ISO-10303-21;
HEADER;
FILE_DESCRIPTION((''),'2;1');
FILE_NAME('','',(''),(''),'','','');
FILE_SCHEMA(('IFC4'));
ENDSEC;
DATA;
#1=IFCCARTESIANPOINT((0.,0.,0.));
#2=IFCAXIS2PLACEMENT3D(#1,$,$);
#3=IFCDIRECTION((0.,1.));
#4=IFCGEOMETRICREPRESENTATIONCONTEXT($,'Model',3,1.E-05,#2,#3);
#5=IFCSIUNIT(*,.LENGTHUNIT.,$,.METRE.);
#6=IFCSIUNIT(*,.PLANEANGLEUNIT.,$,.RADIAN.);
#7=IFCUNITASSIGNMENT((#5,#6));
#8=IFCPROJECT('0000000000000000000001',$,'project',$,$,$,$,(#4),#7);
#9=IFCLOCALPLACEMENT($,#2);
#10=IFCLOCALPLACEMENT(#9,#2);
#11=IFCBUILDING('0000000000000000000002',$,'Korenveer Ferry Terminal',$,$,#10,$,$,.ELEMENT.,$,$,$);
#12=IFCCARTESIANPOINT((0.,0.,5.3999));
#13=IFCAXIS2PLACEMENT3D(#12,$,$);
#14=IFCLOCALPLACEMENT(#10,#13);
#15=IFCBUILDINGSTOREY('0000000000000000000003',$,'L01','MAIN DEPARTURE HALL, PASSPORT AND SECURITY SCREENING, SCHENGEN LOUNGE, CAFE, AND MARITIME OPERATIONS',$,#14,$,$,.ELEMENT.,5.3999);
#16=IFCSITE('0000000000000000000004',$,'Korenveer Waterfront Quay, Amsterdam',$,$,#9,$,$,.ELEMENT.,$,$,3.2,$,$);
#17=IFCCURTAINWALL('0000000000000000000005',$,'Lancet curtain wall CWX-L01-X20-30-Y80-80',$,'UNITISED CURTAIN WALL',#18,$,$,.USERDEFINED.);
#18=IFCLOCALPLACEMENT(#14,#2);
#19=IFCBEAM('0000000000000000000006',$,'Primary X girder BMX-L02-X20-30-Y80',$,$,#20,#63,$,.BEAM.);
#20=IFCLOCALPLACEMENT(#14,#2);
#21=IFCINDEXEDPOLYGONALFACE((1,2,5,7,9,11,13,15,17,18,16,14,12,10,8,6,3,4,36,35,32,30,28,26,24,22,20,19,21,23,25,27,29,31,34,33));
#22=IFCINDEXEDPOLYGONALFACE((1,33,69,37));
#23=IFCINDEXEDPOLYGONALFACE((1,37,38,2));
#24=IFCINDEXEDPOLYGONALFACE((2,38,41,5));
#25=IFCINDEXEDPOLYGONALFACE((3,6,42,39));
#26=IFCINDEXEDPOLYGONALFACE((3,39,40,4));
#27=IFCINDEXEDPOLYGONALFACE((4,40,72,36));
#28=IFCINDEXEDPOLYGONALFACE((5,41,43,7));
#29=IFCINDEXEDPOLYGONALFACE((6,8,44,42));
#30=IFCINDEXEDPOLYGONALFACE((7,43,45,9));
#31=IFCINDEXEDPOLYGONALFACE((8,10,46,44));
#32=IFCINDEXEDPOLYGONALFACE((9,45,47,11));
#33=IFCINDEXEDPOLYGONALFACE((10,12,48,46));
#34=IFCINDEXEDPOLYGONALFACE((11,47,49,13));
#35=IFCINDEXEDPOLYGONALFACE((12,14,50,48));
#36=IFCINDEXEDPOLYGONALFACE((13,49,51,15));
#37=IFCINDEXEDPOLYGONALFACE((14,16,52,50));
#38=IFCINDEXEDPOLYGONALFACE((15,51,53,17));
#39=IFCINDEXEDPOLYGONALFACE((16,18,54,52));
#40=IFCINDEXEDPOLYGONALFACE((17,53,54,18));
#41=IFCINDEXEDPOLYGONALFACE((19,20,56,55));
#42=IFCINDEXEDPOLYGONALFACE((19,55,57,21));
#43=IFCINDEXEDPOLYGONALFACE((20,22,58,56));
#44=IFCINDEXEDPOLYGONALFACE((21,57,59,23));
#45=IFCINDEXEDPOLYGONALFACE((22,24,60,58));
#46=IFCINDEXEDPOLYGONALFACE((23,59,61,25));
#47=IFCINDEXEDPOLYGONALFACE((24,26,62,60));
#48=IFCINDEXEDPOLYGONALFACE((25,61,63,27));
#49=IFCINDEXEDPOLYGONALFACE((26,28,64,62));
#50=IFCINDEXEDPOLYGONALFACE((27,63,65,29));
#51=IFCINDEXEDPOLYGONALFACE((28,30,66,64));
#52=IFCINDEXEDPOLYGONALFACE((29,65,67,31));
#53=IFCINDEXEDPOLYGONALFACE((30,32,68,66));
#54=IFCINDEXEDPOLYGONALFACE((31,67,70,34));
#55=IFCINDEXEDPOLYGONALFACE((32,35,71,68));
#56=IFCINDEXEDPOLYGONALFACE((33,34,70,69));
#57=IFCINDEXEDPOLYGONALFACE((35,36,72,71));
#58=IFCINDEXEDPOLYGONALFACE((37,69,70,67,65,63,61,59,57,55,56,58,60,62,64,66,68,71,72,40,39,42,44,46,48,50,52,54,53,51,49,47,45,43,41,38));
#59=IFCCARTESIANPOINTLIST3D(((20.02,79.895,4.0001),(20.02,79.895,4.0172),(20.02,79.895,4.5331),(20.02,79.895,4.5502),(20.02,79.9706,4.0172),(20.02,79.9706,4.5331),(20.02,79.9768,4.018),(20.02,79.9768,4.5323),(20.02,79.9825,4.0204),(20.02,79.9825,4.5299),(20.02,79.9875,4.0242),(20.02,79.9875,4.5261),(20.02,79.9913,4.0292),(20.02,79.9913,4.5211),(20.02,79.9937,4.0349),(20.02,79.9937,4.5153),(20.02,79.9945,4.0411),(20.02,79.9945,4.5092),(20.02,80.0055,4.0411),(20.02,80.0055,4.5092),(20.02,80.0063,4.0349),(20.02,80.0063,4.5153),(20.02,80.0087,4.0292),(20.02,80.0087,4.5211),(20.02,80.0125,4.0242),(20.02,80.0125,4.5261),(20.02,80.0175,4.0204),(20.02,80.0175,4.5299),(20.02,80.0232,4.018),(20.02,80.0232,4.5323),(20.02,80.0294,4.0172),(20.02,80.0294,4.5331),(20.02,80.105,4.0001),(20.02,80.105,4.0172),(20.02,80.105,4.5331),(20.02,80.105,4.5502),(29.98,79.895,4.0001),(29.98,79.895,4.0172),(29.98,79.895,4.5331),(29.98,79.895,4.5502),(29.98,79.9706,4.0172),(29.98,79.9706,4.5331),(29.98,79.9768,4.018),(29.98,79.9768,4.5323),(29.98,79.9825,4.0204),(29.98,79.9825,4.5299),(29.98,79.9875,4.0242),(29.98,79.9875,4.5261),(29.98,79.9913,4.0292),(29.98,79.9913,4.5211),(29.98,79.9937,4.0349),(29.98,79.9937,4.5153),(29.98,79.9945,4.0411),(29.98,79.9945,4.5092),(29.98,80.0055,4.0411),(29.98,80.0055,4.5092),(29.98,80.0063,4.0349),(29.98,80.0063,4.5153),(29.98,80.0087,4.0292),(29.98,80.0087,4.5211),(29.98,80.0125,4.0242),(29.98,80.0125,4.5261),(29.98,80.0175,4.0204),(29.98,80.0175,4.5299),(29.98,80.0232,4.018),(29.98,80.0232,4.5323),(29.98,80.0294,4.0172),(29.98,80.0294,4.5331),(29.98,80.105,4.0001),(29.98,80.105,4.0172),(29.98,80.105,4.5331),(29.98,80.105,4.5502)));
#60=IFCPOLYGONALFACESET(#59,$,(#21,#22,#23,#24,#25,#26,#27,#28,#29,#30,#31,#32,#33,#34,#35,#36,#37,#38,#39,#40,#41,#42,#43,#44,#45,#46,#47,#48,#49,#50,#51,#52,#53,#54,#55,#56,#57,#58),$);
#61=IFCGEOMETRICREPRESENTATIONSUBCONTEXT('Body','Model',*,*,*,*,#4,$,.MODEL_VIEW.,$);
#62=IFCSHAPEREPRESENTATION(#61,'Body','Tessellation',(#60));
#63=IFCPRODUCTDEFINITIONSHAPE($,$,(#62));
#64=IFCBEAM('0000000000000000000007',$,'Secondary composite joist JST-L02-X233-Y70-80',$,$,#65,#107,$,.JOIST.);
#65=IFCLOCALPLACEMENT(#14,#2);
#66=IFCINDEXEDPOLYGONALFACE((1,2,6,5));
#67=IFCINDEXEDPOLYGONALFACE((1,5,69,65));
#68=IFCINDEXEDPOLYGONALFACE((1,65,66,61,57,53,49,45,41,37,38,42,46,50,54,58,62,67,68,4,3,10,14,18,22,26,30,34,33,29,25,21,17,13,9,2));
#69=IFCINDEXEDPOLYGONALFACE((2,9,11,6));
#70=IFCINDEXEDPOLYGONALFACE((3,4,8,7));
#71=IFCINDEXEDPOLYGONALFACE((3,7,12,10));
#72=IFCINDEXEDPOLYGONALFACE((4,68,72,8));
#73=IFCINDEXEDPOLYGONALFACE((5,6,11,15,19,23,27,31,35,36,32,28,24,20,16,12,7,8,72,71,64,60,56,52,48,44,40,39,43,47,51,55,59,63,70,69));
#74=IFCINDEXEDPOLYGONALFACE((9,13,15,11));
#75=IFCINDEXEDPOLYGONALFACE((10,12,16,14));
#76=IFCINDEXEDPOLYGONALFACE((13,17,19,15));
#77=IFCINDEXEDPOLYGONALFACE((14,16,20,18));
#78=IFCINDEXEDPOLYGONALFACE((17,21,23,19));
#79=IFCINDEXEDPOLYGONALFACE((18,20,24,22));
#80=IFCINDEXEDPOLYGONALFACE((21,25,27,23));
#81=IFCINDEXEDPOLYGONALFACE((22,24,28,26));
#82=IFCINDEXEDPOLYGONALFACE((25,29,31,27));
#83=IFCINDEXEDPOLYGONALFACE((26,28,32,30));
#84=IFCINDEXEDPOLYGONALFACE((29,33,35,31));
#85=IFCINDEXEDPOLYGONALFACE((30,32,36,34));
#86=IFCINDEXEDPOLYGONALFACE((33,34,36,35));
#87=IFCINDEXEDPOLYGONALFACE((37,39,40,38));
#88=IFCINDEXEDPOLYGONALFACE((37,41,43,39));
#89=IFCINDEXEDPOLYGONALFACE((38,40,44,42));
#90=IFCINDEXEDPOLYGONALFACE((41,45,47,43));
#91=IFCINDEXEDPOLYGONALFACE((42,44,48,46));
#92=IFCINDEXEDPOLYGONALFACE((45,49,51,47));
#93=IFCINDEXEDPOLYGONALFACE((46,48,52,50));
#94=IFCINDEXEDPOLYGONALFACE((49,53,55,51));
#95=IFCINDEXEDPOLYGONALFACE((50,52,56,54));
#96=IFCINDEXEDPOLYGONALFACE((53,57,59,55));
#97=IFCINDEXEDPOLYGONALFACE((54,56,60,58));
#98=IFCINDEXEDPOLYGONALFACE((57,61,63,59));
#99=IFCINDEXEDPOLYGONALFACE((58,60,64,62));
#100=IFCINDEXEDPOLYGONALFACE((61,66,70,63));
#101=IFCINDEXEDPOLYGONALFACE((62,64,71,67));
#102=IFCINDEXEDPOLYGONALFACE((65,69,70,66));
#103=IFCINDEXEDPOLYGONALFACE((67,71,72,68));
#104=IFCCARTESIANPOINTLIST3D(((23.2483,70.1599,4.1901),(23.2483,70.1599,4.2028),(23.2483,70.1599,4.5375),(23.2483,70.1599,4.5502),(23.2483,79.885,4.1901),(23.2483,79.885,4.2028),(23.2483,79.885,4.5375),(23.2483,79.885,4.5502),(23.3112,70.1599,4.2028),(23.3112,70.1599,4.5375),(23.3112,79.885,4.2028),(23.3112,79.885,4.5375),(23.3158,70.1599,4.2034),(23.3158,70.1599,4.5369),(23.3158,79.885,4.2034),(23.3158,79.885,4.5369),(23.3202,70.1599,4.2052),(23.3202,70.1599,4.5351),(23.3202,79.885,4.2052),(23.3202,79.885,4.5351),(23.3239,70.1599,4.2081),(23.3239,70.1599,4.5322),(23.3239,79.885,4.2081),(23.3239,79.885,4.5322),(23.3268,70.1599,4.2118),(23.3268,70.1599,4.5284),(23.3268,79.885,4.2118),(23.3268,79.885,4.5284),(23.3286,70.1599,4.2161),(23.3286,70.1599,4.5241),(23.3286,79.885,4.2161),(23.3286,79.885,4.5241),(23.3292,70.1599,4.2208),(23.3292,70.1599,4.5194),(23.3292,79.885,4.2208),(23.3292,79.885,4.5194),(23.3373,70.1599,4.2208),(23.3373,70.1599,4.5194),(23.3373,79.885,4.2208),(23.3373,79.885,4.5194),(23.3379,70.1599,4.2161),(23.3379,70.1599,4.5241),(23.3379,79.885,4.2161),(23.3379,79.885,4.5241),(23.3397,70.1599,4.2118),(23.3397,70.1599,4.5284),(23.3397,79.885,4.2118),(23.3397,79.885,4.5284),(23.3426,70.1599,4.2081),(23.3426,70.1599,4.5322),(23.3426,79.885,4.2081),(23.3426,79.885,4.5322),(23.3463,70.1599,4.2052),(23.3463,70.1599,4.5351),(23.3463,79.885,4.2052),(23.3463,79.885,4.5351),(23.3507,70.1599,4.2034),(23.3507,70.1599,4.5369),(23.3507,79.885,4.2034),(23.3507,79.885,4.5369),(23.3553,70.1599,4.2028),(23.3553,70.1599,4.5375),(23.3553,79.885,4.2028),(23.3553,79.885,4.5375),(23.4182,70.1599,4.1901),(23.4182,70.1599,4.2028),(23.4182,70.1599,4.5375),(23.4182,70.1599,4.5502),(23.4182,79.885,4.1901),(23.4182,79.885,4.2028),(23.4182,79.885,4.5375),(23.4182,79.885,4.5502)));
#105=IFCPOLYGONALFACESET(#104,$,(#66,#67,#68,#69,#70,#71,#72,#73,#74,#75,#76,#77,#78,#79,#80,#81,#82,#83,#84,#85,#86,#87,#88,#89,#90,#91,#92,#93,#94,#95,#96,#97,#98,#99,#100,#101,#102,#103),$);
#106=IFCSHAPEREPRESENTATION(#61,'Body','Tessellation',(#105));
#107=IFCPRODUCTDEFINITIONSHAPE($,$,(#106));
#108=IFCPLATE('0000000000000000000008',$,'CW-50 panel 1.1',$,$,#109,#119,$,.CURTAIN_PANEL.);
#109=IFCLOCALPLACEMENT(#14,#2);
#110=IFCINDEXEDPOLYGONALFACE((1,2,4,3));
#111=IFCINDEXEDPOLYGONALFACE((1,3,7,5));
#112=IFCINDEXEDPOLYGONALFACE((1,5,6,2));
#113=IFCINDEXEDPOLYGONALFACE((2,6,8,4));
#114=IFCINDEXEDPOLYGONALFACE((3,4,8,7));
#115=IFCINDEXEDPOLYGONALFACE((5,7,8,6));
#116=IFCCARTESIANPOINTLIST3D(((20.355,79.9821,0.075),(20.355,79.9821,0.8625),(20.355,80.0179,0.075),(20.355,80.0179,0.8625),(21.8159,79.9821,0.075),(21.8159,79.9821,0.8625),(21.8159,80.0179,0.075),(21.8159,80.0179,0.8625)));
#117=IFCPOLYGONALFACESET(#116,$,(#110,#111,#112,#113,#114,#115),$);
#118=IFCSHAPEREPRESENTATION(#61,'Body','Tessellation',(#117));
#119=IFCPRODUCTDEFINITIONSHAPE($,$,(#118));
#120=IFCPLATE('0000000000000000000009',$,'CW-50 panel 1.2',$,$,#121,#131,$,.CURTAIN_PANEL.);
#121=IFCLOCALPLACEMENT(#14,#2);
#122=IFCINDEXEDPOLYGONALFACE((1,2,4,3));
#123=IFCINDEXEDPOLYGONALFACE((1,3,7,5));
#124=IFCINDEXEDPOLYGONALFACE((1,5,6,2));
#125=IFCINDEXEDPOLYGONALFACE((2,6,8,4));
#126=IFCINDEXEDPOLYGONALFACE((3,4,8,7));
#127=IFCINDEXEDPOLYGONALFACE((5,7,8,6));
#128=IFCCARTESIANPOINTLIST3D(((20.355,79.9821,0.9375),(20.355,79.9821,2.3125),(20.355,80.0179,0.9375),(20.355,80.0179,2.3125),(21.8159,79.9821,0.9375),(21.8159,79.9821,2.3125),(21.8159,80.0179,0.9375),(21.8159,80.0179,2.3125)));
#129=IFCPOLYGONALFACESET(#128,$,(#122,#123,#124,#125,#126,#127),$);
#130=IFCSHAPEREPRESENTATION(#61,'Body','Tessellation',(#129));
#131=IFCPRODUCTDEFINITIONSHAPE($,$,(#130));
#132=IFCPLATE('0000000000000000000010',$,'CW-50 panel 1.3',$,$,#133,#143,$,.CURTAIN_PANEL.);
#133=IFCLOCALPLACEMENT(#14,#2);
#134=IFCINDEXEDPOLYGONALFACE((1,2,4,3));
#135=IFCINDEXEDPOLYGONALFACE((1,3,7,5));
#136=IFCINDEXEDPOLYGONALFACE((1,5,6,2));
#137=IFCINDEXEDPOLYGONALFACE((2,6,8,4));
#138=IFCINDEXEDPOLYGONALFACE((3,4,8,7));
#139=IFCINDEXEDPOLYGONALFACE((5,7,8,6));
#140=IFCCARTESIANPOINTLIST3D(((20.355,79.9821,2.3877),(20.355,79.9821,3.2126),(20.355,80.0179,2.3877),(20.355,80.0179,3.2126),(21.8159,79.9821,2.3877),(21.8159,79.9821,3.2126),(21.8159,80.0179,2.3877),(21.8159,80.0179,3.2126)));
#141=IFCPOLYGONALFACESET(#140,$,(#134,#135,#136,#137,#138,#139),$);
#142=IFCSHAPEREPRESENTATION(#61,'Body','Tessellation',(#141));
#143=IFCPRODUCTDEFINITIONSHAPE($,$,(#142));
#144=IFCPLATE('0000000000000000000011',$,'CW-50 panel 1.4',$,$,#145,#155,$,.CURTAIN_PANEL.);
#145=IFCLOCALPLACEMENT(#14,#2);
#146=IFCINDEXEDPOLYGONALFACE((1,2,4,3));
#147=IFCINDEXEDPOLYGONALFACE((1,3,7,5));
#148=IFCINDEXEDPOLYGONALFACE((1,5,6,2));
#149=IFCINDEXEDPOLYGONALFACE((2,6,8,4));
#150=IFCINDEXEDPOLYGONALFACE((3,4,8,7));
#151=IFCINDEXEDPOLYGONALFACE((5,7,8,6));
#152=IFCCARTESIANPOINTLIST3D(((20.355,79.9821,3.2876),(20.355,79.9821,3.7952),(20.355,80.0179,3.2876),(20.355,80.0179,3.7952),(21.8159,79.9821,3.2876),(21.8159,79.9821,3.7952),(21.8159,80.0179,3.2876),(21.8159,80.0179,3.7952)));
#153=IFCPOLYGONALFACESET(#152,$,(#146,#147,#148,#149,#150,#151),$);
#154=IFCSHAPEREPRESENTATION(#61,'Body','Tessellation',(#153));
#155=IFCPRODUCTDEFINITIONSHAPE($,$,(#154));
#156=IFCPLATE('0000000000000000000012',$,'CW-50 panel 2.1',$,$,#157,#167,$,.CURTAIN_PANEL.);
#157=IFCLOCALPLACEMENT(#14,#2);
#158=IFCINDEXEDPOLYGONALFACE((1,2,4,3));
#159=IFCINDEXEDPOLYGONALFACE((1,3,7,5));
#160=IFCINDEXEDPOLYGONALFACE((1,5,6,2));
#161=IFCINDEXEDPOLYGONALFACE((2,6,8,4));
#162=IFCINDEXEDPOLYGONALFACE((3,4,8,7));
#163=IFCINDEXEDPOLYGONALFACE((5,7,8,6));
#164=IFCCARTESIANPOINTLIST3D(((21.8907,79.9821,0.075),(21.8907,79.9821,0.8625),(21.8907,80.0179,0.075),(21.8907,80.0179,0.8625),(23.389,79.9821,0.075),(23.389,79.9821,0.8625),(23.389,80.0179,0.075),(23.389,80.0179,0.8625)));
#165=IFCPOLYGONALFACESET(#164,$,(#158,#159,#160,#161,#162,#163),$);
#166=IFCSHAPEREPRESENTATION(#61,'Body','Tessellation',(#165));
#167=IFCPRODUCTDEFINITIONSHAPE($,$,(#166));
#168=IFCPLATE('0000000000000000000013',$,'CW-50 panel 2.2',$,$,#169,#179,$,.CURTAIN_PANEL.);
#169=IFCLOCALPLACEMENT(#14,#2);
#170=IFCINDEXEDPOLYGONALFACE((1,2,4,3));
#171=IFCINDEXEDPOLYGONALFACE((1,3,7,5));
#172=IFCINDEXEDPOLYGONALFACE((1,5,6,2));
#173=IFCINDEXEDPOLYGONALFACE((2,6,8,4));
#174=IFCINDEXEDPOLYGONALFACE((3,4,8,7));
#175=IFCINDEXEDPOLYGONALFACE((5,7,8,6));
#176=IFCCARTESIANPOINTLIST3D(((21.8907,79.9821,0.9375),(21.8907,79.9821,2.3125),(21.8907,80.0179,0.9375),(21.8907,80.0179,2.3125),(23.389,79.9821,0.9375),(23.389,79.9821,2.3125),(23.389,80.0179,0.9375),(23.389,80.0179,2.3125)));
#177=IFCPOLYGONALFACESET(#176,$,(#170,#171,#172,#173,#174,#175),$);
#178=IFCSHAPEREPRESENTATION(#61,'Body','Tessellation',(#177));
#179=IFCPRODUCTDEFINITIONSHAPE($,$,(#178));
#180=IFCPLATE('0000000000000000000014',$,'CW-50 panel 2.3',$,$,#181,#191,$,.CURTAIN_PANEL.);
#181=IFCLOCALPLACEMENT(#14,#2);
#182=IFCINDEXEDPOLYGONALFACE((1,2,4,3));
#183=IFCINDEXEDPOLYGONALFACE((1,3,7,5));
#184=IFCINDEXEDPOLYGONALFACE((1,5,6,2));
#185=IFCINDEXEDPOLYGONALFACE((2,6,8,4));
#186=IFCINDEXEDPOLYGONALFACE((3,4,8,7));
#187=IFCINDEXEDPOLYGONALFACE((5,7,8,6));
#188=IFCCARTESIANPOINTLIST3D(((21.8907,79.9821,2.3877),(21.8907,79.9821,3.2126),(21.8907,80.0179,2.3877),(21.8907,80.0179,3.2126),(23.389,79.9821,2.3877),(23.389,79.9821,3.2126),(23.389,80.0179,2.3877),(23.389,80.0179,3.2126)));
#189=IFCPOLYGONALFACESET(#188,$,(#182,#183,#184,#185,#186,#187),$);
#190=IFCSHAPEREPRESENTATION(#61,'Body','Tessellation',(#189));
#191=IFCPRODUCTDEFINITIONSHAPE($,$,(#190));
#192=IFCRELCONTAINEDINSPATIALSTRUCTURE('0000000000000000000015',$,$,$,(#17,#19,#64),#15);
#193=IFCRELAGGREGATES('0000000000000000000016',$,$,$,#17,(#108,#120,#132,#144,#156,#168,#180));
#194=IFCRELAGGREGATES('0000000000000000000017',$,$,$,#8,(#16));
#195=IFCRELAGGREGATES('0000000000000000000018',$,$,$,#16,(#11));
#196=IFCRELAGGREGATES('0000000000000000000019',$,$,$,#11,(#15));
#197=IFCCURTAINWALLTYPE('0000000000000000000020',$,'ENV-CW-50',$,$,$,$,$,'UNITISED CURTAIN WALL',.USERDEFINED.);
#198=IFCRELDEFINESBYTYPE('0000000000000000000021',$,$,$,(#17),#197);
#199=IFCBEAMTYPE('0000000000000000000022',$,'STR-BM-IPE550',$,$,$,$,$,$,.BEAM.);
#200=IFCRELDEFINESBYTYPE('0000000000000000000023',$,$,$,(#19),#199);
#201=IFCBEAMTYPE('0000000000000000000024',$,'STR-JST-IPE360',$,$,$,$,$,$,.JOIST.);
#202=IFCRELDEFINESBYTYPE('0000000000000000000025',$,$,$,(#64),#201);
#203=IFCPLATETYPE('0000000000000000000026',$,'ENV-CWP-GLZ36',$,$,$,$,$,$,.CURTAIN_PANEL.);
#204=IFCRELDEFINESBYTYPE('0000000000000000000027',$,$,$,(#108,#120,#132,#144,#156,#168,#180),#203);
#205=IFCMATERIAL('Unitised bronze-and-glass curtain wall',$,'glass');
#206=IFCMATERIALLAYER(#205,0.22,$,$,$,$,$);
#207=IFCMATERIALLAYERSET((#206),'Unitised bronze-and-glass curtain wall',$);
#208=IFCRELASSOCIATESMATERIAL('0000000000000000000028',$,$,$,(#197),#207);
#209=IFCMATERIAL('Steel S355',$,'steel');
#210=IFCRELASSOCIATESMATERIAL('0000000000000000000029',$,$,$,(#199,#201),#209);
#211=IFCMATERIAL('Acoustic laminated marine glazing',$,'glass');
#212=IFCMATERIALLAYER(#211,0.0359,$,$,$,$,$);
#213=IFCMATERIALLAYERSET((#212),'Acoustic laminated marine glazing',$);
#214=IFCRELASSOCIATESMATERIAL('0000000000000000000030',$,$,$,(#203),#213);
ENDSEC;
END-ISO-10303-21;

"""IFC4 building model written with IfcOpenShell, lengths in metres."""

from ifc_helpers import new_model, si_unit, direction, frame, origin, origin_2d, place, context, subcontext, project, spatial, rectangle, i_section, extrude, material, layer, layer_set, material_profile, profile_set, type_object, element, aggregate, save


model = new_model("IFC4")

# Units and contexts
model_context = context("Model", 3, precision=1e-05, world=origin(), true_north=direction((0.0, 1.0)))
body_context = subcontext(model_context, "Body", "Model", "MODEL_VIEW")
ifc_project = project(units=[si_unit("LENGTHUNIT", "METRE"), si_unit("PLANEANGLEUNIT", "RADIAN")], contexts=[model_context])

# Site, building, storey
site_placement = place(None, origin())
site = spatial("IfcSite", under=ifc_project, at=site_placement, Name="Korenveer Waterfront Quay, Amsterdam", CompositionType="ELEMENT", RefElevation=3.2)
building_placement = place(site_placement, origin())
building = spatial("IfcBuilding", under=site, at=building_placement, Name="Korenveer Ferry Terminal", CompositionType="ELEMENT")
storey_placement = place(building_placement, frame((0.0, 0.0, 5.3999)))
storey = spatial("IfcBuildingStorey", under=building, at=storey_placement, Name="L01", Description="MAIN DEPARTURE HALL, PASSPORT AND SECURITY SCREENING, SCHENGEN LOUNGE, CAFE, AND MARITIME OPERATIONS", CompositionType="ELEMENT", Elevation=5.3999)

# Curtain wall
ifc_material_1 = material(Name="Unitised bronze-and-glass curtain wall", Category="glass")
ifc_layer_1 = layer(ifc_material_1, 0.22)
ifc_layer_set_1 = layer_set([ifc_layer_1], Name="Unitised bronze-and-glass curtain wall")
curtain_wall_type = type_object("IfcCurtainWallType", Name="ENV-CW-50", ElementType="UNITISED CURTAIN WALL", PredefinedType="USERDEFINED", material=ifc_layer_set_1)
curtain_wall_placement = place(storey_placement, frame((20.28, 80.0, 0.0)))
curtain_wall = element("IfcCurtainWall", 1, at=curtain_wall_placement, inside=storey, type_object=curtain_wall_type, Name="Lancet curtain wall CWX-L01-X20-30-Y80-80", ObjectType="UNITISED CURTAIN WALL", PredefinedType="USERDEFINED")

# Beams
ifc_material_2 = material(Name="Steel S355", Category="steel")
ifc_material_profile_1 = material_profile(ifc_material_2, i_section(OverallWidth=0.21, OverallDepth=0.55, WebThickness=0.011, FlangeThickness=0.0171, FilletRadius=0.0239, at=origin_2d()), Name="IPE 550")
ifc_profile_set_1 = profile_set([ifc_material_profile_1], Name="Steel S355")
beam_type_1 = type_object("IfcBeamType", Name="STR-BM-IPE550", PredefinedType="BEAM", material=ifc_profile_set_1)
beam_1_placement = place(storey_placement, frame((20.02, 80.0, 4.2751), z_axis=(1.0, 0.0, 0.0), x_axis=(0.0, 1.0, 0.0)))
element("IfcBeam", 2, at=beam_1_placement, inside=storey, type_object=beam_type_1, Name="Primary X girder BMX-L02-X20-30-Y80", PredefinedType="BEAM", context=body_context, shape_type="SweptSolid", body=[
    extrude(i_section(OverallWidth=0.21, OverallDepth=0.55, WebThickness=0.011, FlangeThickness=0.0171, FilletRadius=0.0239, at=origin_2d()), origin(), (0.0, 0.0, 1.0), 9.96),
])
ifc_material_profile_2 = material_profile(ifc_material_2, i_section(OverallWidth=0.1699, OverallDepth=0.3601, WebThickness=0.0081, FlangeThickness=0.0127, FilletRadius=0.0181, at=origin_2d()), Name="IPE 360")
ifc_profile_set_2 = profile_set([ifc_material_profile_2], Name="Steel S355")
beam_type_2 = type_object("IfcBeamType", Name="STR-JST-IPE360", PredefinedType="JOIST", material=ifc_profile_set_2)
beam_2_placement = place(storey_placement, frame((23.3333, 70.1599, 4.3701), z_axis=(0.0, 1.0, 0.0), x_axis=(-1.0, 0.0, 0.0)))
element("IfcBeam", 3, at=beam_2_placement, inside=storey, type_object=beam_type_2, Name="Secondary composite joist JST-L02-X233-Y70-80", PredefinedType="JOIST", context=body_context, shape_type="SweptSolid", body=[
    extrude(i_section(OverallWidth=0.1699, OverallDepth=0.3601, WebThickness=0.0081, FlangeThickness=0.0127, FilletRadius=0.0181, at=origin_2d()), origin(), (0.0, 0.0, 1.0), 9.7251),
])

# Plates
ifc_material_3 = material(Name="Acoustic laminated marine glazing", Category="glass")
ifc_layer_2 = layer(ifc_material_3, 0.0359)
ifc_layer_set_2 = layer_set([ifc_layer_2], Name="Acoustic laminated marine glazing")
plate_type = type_object("IfcPlateType", Name="ENV-CWP-GLZ36", PredefinedType="CURTAIN_PANEL", material=ifc_layer_set_2)
plate_1_placement = place(storey_placement, frame((21.0854, 80.0, 0.075), z_axis=(0.0, 0.0, 1.0), x_axis=(1.0, 0.0, 0.0)))
plate_1 = element("IfcPlate", 4, at=plate_1_placement, type_object=plate_type, Name="CW-50 panel 1.1", PredefinedType="CURTAIN_PANEL", context=body_context, shape_type="SweptSolid", body=[
    extrude(rectangle(XDim=1.4609, YDim=0.0359, at=origin_2d()), origin(), (0.0, 0.0, 1.0), 0.7876),
])
plate_2_placement = place(storey_placement, frame((21.0854, 80.0, 0.9375), z_axis=(0.0, 0.0, 1.0), x_axis=(1.0, 0.0, 0.0)))
plate_2 = element("IfcPlate", 5, at=plate_2_placement, type_object=plate_type, Name="CW-50 panel 1.2", PredefinedType="CURTAIN_PANEL", context=body_context, shape_type="SweptSolid", body=[
    extrude(rectangle(XDim=1.4609, YDim=0.0359, at=origin_2d()), origin(), (0.0, 0.0, 1.0), 1.375),
])
plate_3_placement = place(storey_placement, frame((21.0854, 80.0, 2.3877), z_axis=(0.0, 0.0, 1.0), x_axis=(1.0, 0.0, 0.0)))
plate_3 = element("IfcPlate", 6, at=plate_3_placement, type_object=plate_type, Name="CW-50 panel 1.3", PredefinedType="CURTAIN_PANEL", context=body_context, shape_type="SweptSolid", body=[
    extrude(rectangle(XDim=1.4609, YDim=0.0359, at=origin_2d()), origin(), (0.0, 0.0, 1.0), 0.825),
])
plate_4_placement = place(storey_placement, frame((21.0854, 80.0, 3.2876), z_axis=(0.0, 0.0, 1.0), x_axis=(1.0, 0.0, 0.0)))
plate_4 = element("IfcPlate", 7, at=plate_4_placement, type_object=plate_type, Name="CW-50 panel 1.4", PredefinedType="CURTAIN_PANEL", context=body_context, shape_type="SweptSolid", body=[
    extrude(rectangle(XDim=1.4609, YDim=0.0359, at=origin_2d()), origin(), (0.0, 0.0, 1.0), 0.5076),
])
plate_5_placement = place(storey_placement, frame((22.6399, 80.0, 0.075), z_axis=(0.0, 0.0, 1.0), x_axis=(1.0, 0.0, 0.0)))
plate_5 = element("IfcPlate", 8, at=plate_5_placement, type_object=plate_type, Name="CW-50 panel 2.1", PredefinedType="CURTAIN_PANEL", context=body_context, shape_type="SweptSolid", body=[
    extrude(rectangle(XDim=1.4983, YDim=0.0359, at=origin_2d()), origin(), (0.0, 0.0, 1.0), 0.7876),
])
plate_6_placement = place(storey_placement, frame((22.6399, 80.0, 0.9375), z_axis=(0.0, 0.0, 1.0), x_axis=(1.0, 0.0, 0.0)))
plate_6 = element("IfcPlate", 9, at=plate_6_placement, type_object=plate_type, Name="CW-50 panel 2.2", PredefinedType="CURTAIN_PANEL", context=body_context, shape_type="SweptSolid", body=[
    extrude(rectangle(XDim=1.4983, YDim=0.0359, at=origin_2d()), origin(), (0.0, 0.0, 1.0), 1.375),
])
plate_7_placement = place(storey_placement, frame((22.6399, 80.0, 2.3877), z_axis=(0.0, 0.0, 1.0), x_axis=(1.0, 0.0, 0.0)))
plate_7 = element("IfcPlate", 10, at=plate_7_placement, type_object=plate_type, Name="CW-50 panel 2.3", PredefinedType="CURTAIN_PANEL", context=body_context, shape_type="SweptSolid", body=[
    extrude(rectangle(XDim=1.4983, YDim=0.0359, at=origin_2d()), origin(), (0.0, 0.0, 1.0), 0.825),
])
aggregate(curtain_wall, [plate_1, plate_2, plate_3, plate_4, plate_5, plate_6, plate_7])

save(model, "model.ifc")
